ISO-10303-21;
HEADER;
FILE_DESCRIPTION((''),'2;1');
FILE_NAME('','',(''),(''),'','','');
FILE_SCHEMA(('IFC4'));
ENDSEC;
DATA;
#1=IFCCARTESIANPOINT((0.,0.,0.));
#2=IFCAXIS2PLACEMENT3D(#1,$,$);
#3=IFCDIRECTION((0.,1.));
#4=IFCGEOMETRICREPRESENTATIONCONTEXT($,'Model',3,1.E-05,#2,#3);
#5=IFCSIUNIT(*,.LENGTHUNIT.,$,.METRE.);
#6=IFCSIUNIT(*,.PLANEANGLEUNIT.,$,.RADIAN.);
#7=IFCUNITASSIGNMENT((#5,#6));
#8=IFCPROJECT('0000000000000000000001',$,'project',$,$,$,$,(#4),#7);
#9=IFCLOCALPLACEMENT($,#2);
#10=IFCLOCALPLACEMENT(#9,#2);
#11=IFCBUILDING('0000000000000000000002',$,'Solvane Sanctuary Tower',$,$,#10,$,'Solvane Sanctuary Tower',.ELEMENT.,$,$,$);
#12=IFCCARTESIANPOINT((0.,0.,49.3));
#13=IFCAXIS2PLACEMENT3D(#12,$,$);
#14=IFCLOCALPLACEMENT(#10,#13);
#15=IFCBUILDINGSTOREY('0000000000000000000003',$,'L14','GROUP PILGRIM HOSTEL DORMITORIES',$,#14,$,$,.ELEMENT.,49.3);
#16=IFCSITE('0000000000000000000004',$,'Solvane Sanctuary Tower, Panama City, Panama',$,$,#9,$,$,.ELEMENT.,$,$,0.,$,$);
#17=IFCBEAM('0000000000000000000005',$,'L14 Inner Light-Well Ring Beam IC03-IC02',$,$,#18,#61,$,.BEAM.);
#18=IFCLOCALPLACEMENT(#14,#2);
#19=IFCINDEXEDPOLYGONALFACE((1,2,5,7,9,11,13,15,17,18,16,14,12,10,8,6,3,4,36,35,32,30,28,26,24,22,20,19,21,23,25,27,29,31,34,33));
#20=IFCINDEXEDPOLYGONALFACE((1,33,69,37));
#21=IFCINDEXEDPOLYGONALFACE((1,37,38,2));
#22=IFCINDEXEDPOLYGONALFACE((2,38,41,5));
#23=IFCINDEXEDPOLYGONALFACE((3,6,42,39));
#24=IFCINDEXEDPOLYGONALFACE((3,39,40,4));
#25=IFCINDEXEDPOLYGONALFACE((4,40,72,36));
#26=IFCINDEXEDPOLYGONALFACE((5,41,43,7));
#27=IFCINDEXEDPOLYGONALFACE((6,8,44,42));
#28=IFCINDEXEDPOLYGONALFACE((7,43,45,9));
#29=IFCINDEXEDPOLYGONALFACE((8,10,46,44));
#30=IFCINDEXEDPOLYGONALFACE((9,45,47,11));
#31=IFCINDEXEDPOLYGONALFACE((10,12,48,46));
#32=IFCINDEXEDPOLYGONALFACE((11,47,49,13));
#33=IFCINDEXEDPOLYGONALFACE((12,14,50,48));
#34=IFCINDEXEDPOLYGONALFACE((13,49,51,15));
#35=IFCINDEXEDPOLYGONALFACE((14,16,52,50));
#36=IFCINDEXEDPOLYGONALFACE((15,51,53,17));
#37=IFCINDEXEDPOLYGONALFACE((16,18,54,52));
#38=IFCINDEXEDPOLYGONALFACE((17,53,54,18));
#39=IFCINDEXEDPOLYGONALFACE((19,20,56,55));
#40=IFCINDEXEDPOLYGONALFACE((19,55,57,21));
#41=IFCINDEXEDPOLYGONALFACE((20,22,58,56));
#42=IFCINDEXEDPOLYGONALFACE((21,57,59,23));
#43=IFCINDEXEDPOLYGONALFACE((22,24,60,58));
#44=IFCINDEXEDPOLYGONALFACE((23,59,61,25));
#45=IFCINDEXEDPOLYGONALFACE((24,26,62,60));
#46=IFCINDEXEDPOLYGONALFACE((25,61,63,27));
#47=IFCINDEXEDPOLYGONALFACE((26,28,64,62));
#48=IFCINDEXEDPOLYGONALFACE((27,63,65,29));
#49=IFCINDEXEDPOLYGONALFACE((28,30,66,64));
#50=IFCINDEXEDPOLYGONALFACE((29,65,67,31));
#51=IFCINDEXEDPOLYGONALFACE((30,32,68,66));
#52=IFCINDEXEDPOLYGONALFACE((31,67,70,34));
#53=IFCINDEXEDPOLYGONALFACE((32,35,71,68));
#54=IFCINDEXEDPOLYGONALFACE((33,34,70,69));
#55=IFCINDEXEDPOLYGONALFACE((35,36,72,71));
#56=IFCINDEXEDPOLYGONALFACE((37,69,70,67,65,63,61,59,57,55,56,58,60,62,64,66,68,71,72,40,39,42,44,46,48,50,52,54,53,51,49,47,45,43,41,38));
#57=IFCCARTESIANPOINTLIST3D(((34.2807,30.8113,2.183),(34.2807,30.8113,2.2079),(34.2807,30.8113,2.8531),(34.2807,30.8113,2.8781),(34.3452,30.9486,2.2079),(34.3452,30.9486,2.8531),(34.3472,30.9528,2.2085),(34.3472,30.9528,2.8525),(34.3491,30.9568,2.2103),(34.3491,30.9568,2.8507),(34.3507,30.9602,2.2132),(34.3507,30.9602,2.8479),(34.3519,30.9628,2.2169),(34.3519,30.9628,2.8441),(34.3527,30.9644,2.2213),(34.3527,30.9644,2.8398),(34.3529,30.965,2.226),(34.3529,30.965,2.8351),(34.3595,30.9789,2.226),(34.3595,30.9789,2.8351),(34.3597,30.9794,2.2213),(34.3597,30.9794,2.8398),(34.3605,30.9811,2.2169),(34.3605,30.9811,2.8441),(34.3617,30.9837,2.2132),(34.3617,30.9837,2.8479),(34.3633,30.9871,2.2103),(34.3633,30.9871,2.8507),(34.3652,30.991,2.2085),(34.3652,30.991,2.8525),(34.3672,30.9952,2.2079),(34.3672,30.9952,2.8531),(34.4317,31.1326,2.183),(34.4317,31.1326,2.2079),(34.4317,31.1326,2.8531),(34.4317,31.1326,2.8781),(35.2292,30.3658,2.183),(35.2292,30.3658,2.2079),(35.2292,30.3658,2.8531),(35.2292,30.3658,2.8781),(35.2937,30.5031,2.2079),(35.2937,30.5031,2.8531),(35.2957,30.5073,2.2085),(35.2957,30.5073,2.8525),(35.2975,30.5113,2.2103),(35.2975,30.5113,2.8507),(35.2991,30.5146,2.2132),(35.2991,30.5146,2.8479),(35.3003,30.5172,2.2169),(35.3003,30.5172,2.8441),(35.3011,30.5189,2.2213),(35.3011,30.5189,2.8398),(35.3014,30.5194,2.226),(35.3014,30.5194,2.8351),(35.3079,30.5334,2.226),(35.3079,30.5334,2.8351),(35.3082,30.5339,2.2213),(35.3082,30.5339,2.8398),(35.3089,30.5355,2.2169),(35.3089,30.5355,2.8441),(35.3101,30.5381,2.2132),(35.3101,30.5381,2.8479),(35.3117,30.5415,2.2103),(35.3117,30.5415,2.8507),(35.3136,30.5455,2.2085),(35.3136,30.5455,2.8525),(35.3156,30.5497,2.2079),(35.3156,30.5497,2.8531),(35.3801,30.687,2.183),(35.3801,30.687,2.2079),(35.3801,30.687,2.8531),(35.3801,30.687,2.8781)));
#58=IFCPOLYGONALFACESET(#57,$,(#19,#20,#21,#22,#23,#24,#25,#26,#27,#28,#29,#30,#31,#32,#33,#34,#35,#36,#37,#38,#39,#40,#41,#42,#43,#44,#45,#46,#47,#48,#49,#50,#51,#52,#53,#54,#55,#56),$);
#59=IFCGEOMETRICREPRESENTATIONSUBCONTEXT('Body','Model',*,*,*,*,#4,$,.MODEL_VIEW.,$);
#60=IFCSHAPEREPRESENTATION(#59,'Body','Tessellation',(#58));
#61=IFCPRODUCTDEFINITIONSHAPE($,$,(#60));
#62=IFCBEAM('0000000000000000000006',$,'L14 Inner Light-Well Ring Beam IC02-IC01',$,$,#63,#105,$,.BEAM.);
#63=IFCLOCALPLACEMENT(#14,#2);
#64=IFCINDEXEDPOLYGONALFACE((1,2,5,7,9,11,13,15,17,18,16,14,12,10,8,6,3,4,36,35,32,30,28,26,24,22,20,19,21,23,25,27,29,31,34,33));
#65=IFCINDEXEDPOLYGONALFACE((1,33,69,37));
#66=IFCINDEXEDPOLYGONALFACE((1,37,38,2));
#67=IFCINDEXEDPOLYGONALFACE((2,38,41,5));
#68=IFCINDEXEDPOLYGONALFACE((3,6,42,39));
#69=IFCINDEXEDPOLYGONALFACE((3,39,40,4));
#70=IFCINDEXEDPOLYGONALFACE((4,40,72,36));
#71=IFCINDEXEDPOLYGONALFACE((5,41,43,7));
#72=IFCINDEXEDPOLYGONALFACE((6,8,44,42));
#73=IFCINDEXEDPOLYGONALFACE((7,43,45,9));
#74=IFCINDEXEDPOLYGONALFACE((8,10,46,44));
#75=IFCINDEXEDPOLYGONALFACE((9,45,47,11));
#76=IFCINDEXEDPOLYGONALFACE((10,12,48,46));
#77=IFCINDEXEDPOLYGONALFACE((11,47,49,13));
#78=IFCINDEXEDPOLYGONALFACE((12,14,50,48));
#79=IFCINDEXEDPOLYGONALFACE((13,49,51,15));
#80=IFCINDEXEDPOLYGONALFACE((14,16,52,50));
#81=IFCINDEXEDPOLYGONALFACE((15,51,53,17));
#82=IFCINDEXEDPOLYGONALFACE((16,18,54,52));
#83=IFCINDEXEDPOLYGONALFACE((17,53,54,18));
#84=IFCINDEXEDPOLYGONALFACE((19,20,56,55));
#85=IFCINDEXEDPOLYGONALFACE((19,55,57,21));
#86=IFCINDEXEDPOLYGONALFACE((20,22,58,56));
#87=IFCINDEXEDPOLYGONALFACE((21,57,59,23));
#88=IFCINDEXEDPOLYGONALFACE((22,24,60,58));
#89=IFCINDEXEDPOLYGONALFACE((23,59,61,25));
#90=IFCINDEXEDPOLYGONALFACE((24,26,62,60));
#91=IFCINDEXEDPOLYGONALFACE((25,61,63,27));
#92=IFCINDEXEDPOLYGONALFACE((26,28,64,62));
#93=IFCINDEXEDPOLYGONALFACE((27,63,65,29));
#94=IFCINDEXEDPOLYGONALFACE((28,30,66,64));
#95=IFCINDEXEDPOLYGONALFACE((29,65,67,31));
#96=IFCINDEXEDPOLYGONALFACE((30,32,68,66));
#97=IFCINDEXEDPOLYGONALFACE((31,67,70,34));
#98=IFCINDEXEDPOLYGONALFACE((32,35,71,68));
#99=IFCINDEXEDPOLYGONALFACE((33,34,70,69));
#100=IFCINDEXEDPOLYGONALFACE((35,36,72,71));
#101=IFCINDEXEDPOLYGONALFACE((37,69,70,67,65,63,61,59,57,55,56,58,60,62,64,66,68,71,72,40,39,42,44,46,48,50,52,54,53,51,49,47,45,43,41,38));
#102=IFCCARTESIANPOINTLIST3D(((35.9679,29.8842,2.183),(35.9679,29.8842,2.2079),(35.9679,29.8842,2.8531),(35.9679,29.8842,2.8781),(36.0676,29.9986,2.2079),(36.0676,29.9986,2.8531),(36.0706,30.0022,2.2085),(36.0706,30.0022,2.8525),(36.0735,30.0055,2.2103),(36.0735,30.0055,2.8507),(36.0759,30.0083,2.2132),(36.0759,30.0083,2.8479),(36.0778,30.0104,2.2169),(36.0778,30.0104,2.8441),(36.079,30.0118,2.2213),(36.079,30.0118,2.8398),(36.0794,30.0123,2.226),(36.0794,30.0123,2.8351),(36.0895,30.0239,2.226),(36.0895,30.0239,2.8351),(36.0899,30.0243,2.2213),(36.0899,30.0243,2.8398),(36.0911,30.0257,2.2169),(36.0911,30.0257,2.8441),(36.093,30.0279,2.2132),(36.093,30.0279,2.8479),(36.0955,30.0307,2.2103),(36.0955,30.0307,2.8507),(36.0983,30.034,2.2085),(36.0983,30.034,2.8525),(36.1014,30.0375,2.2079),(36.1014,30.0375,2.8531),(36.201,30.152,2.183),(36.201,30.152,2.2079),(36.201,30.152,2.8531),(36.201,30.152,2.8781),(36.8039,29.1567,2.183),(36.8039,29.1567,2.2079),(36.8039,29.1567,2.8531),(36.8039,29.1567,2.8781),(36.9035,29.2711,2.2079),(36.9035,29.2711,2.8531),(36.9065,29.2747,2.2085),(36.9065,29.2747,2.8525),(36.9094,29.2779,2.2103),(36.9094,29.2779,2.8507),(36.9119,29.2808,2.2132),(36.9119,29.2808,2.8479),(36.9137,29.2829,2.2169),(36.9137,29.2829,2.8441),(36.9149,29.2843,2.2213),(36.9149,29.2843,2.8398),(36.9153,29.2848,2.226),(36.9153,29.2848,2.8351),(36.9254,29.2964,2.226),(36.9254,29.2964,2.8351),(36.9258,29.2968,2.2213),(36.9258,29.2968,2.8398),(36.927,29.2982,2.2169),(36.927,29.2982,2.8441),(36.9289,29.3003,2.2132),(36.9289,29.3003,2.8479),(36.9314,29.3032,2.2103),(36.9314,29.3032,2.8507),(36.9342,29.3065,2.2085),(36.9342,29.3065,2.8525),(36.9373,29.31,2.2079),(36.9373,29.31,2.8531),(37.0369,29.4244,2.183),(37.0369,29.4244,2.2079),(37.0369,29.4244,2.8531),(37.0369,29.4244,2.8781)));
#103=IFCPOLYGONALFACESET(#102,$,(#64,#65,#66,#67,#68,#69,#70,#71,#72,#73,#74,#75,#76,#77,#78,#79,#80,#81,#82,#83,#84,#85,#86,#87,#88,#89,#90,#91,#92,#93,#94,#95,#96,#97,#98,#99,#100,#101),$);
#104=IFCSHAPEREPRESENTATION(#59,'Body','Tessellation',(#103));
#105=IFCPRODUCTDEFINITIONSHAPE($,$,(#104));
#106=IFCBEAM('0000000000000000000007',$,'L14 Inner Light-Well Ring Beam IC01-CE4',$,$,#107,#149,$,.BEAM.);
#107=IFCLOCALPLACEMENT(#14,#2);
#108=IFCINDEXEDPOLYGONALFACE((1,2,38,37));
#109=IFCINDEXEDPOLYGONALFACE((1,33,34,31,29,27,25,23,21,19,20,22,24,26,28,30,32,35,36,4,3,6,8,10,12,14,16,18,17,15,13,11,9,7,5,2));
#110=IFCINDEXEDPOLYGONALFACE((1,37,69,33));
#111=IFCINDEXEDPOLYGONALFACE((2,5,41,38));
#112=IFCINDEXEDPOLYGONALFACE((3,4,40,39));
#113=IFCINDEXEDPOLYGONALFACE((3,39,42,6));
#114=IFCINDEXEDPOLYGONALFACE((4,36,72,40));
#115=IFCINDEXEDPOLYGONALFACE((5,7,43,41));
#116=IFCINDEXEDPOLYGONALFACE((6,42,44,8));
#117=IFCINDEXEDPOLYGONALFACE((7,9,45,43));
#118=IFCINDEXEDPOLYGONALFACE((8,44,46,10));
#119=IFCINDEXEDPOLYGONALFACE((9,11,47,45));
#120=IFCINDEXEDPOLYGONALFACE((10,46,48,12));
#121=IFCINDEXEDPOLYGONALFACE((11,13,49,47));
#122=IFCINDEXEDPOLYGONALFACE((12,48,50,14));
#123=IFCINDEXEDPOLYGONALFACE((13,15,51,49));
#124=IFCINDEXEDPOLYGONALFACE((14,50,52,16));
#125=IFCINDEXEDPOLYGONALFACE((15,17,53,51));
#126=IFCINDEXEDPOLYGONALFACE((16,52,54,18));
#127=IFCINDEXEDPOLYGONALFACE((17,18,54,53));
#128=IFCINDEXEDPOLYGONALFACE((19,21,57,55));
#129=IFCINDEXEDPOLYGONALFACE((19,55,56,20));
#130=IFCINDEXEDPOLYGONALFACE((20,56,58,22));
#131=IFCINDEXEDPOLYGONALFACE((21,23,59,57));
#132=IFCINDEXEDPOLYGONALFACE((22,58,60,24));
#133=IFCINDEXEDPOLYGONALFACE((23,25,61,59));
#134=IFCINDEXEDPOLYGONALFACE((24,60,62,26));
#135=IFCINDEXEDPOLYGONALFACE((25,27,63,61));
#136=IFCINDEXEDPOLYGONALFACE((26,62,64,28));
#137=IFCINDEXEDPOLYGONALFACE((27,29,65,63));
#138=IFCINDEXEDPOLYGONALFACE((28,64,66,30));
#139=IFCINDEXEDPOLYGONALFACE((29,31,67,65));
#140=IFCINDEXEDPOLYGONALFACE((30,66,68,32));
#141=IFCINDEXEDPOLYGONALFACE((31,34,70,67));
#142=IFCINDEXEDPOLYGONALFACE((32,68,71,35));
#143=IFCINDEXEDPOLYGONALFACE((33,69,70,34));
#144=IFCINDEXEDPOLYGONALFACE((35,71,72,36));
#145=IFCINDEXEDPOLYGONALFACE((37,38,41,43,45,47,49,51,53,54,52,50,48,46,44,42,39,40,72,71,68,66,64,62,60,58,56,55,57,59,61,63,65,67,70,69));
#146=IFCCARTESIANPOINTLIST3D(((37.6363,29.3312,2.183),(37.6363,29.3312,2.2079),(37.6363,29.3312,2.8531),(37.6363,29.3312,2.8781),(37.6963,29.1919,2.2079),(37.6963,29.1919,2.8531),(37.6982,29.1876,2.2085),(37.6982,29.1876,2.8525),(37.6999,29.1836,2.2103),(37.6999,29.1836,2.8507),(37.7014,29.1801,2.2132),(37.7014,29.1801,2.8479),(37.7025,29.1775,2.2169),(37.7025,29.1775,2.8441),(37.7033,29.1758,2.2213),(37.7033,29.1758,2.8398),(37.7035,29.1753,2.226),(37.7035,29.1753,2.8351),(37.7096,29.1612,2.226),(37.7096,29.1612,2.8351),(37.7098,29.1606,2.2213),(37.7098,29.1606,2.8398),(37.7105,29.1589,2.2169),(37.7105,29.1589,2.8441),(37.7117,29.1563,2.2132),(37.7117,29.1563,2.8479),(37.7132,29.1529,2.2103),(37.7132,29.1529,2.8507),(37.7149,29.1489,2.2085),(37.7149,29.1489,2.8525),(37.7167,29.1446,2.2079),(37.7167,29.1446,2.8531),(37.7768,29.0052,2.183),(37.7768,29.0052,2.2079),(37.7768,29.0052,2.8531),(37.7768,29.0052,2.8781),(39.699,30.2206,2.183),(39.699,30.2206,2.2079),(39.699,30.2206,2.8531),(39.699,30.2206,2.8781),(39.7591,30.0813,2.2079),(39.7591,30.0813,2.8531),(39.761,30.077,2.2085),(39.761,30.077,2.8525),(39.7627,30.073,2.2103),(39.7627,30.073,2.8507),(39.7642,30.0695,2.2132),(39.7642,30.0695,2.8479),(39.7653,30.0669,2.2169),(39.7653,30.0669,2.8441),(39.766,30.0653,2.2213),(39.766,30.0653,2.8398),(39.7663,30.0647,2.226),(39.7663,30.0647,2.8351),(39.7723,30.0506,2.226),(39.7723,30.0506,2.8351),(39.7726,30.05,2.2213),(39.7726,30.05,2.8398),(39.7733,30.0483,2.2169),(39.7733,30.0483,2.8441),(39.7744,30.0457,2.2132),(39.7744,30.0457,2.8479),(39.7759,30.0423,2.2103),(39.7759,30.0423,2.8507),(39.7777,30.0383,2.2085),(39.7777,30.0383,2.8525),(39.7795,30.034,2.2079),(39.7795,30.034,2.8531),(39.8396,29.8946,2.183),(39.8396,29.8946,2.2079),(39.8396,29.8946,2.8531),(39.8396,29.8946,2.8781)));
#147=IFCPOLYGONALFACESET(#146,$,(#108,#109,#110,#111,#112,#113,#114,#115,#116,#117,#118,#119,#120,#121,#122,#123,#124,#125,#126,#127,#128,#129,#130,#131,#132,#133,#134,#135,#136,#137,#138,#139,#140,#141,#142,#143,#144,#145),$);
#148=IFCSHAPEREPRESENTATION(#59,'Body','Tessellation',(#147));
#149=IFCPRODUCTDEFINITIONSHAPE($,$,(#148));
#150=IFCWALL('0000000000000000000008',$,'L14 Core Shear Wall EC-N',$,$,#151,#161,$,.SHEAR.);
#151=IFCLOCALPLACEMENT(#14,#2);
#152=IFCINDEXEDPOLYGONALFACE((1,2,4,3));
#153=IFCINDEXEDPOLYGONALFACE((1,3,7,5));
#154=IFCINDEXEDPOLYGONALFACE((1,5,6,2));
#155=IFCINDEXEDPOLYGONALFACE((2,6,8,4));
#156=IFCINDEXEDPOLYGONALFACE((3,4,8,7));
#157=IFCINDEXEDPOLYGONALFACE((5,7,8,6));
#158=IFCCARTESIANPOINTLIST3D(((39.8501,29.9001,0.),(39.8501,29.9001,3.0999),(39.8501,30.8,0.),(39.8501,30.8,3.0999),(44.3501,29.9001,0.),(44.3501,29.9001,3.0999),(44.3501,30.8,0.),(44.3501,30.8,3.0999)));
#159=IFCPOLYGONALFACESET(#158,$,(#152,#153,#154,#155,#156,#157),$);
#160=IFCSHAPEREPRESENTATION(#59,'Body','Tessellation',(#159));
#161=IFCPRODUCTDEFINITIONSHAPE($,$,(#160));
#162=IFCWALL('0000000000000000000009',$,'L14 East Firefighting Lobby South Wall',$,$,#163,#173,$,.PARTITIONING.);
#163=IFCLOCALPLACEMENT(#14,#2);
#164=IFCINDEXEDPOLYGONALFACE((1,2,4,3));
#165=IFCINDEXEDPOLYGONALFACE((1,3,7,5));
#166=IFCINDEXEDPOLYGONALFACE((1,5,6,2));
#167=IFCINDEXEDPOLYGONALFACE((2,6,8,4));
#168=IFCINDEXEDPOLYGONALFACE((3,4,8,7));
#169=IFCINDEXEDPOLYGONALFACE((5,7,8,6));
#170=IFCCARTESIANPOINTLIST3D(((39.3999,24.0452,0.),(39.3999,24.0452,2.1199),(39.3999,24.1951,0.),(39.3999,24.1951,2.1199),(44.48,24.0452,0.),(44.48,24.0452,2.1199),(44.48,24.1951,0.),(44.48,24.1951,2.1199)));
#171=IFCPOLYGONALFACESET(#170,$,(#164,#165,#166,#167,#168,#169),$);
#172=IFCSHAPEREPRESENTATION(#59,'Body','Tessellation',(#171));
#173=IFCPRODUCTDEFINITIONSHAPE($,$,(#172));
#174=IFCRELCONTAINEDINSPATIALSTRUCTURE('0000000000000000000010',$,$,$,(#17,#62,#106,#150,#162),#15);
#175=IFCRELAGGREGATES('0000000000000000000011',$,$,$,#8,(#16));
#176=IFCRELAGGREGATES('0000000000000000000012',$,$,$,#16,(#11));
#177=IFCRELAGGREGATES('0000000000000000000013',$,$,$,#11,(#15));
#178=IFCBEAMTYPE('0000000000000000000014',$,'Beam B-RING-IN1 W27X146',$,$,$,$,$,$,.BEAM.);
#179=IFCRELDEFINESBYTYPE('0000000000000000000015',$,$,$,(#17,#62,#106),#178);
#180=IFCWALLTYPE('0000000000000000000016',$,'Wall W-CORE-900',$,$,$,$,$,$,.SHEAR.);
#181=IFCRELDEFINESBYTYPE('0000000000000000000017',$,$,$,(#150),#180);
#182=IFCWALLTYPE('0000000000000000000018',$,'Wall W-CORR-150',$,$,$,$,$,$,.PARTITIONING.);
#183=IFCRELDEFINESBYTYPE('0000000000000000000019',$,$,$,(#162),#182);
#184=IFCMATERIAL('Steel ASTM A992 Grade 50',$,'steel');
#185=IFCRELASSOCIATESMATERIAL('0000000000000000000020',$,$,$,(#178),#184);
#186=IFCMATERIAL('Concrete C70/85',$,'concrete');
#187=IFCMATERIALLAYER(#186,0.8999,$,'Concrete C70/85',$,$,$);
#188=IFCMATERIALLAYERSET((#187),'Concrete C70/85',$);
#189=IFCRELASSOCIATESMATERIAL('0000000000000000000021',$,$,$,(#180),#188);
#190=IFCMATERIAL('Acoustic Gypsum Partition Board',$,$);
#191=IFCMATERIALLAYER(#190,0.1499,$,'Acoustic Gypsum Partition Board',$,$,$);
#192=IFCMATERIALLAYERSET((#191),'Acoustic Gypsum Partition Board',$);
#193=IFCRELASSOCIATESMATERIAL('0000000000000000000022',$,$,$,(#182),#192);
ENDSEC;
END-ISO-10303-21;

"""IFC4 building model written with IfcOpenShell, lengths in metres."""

from ifc_helpers import new_model, si_unit, direction, frame, frame_2d, origin, origin_2d, place, context, subcontext, project, spatial, rectangle, i_section, extrude, material, layer, layer_set, material_profile, profile_set, type_object, element, save


model = new_model("IFC4")

# Units and contexts
model_context = context("Model", 3, precision=1e-05, world=origin(), true_north=direction((0.0, 1.0)))
body_context = subcontext(model_context, "Body", "Model", "MODEL_VIEW")
ifc_project = project(units=[si_unit("LENGTHUNIT", "METRE"), si_unit("PLANEANGLEUNIT", "RADIAN")], contexts=[model_context])

# Site, building, storey
site_placement = place(None, origin())
site = spatial("IfcSite", under=ifc_project, at=site_placement, Name="Solvane Sanctuary Tower, Panama City, Panama", CompositionType="ELEMENT", RefElevation=0.0)
building_placement = place(site_placement, origin())
building = spatial("IfcBuilding", under=site, at=building_placement, Name="Solvane Sanctuary Tower", LongName="Solvane Sanctuary Tower", CompositionType="ELEMENT")
storey_placement = place(building_placement, frame((0.0, 0.0, 49.3)))
storey = spatial("IfcBuildingStorey", under=building, at=storey_placement, Name="L14", Description="GROUP PILGRIM HOSTEL DORMITORIES", CompositionType="ELEMENT", Elevation=49.3)

# Shared definitions
ifc_material_1 = material(Name="Concrete C70/85", Category="concrete")

# Beams
ifc_material_2 = material(Name="Steel ASTM A992 Grade 50", Category="steel")
ifc_material_profile_1 = material_profile(ifc_material_2, i_section(OverallWidth=0.355, OverallDepth=0.6951, WebThickness=0.0154, FlangeThickness=0.0249, FilletRadius=0.0181, at=origin_2d()), Name="W27X146")
ifc_profile_set_1 = profile_set([ifc_material_profile_1], Name="Steel ASTM A992 Grade 50")
beam_type_1 = type_object("IfcBeamType", Name="Beam B-RING-IN1 W27X146", PredefinedType="BEAM", material=ifc_profile_set_1)
beam_1_placement = place(storey_placement, frame((34.3562, 30.9719, 2.5305), z_axis=(0.905109, -0.42518, 0.0), x_axis=(0.42518, 0.905109, 0.0)))
element("IfcBeam", 1, at=beam_1_placement, inside=storey, type_object=beam_type_1, Name="L14 Inner Light-Well Ring Beam IC03-IC02", PredefinedType="BEAM", context=body_context, shape_type="SweptSolid", body=[
    extrude(i_section(OverallWidth=0.355, OverallDepth=0.6951, WebThickness=0.0154, FlangeThickness=0.0249, FilletRadius=0.0181, at=origin_2d()), origin(), (0.0, 0.0, 1.0), 1.0479),
])
beam_2_placement = place(storey_placement, frame((36.0845, 30.0181, 2.5305), z_axis=(0.754321, -0.656506, 0.0), x_axis=(0.656506, 0.754321, 0.0)))
element("IfcBeam", 2, at=beam_2_placement, inside=storey, type_object=beam_type_1, Name="L14 Inner Light-Well Ring Beam IC02-IC01", PredefinedType="BEAM", context=body_context, shape_type="SweptSolid", body=[
    extrude(i_section(OverallWidth=0.355, OverallDepth=0.6951, WebThickness=0.0154, FlangeThickness=0.0249, FilletRadius=0.0181, at=origin_2d()), origin(), (0.0, 0.0, 1.0), 1.1082),
])
beam_3_placement = place(storey_placement, frame((37.7065, 29.1682, 2.5305), z_axis=(0.918277, 0.395938, 0.0), x_axis=(-0.395938, 0.918277, 0.0)))
element("IfcBeam", 3, at=beam_3_placement, inside=storey, type_object=beam_type_1, Name="L14 Inner Light-Well Ring Beam IC01-CE4", PredefinedType="BEAM", context=body_context, shape_type="SweptSolid", body=[
    extrude(i_section(OverallWidth=0.355, OverallDepth=0.6951, WebThickness=0.0154, FlangeThickness=0.0249, FilletRadius=0.0181, at=origin_2d()), origin(), (0.0, 0.0, 1.0), 2.2463),
])

# Walls
ifc_layer_1 = layer(ifc_material_1, 0.8999, Name="Concrete C70/85")
ifc_layer_set_1 = layer_set([ifc_layer_1], Name="Concrete C70/85")
wall_type_1 = type_object("IfcWallType", Name="Wall W-CORE-900", PredefinedType="SHEAR", material=ifc_layer_set_1)
wall_1_placement = place(storey_placement, frame((39.8501, 30.3501, 0.0), z_axis=(0.0, 0.0, 1.0), x_axis=(1.0, 0.0, 0.0)))
element("IfcWall", 4, at=wall_1_placement, inside=storey, type_object=wall_type_1, Name="L14 Core Shear Wall EC-N", PredefinedType="SHEAR", context=body_context, shape_type="SweptSolid", body=[
    extrude(rectangle(XDim=4.5, YDim=0.8999, at=frame_2d((2.25, 0.0))), origin(), (0.0, 0.0, 1.0), 3.0999),
])
ifc_material_3 = material(Name="Acoustic Gypsum Partition Board")
ifc_layer_2 = layer(ifc_material_3, 0.1499, Name="Acoustic Gypsum Partition Board")
ifc_layer_set_2 = layer_set([ifc_layer_2], Name="Acoustic Gypsum Partition Board")
wall_type_2 = type_object("IfcWallType", Name="Wall W-CORR-150", PredefinedType="PARTITIONING", material=ifc_layer_set_2)
wall_2_placement = place(storey_placement, frame((39.3999, 24.1201, 0.0), z_axis=(0.0, 0.0, 1.0), x_axis=(1.0, 0.0, 0.0)))
element("IfcWall", 5, at=wall_2_placement, inside=storey, type_object=wall_type_2, Name="L14 East Firefighting Lobby South Wall", PredefinedType="PARTITIONING", context=body_context, shape_type="SweptSolid", body=[
    extrude(rectangle(XDim=5.0801, YDim=0.1499, at=frame_2d((2.54, 0.0))), origin(), (0.0, 0.0, 1.0), 2.1199),
])

save(model, "model.ifc")
